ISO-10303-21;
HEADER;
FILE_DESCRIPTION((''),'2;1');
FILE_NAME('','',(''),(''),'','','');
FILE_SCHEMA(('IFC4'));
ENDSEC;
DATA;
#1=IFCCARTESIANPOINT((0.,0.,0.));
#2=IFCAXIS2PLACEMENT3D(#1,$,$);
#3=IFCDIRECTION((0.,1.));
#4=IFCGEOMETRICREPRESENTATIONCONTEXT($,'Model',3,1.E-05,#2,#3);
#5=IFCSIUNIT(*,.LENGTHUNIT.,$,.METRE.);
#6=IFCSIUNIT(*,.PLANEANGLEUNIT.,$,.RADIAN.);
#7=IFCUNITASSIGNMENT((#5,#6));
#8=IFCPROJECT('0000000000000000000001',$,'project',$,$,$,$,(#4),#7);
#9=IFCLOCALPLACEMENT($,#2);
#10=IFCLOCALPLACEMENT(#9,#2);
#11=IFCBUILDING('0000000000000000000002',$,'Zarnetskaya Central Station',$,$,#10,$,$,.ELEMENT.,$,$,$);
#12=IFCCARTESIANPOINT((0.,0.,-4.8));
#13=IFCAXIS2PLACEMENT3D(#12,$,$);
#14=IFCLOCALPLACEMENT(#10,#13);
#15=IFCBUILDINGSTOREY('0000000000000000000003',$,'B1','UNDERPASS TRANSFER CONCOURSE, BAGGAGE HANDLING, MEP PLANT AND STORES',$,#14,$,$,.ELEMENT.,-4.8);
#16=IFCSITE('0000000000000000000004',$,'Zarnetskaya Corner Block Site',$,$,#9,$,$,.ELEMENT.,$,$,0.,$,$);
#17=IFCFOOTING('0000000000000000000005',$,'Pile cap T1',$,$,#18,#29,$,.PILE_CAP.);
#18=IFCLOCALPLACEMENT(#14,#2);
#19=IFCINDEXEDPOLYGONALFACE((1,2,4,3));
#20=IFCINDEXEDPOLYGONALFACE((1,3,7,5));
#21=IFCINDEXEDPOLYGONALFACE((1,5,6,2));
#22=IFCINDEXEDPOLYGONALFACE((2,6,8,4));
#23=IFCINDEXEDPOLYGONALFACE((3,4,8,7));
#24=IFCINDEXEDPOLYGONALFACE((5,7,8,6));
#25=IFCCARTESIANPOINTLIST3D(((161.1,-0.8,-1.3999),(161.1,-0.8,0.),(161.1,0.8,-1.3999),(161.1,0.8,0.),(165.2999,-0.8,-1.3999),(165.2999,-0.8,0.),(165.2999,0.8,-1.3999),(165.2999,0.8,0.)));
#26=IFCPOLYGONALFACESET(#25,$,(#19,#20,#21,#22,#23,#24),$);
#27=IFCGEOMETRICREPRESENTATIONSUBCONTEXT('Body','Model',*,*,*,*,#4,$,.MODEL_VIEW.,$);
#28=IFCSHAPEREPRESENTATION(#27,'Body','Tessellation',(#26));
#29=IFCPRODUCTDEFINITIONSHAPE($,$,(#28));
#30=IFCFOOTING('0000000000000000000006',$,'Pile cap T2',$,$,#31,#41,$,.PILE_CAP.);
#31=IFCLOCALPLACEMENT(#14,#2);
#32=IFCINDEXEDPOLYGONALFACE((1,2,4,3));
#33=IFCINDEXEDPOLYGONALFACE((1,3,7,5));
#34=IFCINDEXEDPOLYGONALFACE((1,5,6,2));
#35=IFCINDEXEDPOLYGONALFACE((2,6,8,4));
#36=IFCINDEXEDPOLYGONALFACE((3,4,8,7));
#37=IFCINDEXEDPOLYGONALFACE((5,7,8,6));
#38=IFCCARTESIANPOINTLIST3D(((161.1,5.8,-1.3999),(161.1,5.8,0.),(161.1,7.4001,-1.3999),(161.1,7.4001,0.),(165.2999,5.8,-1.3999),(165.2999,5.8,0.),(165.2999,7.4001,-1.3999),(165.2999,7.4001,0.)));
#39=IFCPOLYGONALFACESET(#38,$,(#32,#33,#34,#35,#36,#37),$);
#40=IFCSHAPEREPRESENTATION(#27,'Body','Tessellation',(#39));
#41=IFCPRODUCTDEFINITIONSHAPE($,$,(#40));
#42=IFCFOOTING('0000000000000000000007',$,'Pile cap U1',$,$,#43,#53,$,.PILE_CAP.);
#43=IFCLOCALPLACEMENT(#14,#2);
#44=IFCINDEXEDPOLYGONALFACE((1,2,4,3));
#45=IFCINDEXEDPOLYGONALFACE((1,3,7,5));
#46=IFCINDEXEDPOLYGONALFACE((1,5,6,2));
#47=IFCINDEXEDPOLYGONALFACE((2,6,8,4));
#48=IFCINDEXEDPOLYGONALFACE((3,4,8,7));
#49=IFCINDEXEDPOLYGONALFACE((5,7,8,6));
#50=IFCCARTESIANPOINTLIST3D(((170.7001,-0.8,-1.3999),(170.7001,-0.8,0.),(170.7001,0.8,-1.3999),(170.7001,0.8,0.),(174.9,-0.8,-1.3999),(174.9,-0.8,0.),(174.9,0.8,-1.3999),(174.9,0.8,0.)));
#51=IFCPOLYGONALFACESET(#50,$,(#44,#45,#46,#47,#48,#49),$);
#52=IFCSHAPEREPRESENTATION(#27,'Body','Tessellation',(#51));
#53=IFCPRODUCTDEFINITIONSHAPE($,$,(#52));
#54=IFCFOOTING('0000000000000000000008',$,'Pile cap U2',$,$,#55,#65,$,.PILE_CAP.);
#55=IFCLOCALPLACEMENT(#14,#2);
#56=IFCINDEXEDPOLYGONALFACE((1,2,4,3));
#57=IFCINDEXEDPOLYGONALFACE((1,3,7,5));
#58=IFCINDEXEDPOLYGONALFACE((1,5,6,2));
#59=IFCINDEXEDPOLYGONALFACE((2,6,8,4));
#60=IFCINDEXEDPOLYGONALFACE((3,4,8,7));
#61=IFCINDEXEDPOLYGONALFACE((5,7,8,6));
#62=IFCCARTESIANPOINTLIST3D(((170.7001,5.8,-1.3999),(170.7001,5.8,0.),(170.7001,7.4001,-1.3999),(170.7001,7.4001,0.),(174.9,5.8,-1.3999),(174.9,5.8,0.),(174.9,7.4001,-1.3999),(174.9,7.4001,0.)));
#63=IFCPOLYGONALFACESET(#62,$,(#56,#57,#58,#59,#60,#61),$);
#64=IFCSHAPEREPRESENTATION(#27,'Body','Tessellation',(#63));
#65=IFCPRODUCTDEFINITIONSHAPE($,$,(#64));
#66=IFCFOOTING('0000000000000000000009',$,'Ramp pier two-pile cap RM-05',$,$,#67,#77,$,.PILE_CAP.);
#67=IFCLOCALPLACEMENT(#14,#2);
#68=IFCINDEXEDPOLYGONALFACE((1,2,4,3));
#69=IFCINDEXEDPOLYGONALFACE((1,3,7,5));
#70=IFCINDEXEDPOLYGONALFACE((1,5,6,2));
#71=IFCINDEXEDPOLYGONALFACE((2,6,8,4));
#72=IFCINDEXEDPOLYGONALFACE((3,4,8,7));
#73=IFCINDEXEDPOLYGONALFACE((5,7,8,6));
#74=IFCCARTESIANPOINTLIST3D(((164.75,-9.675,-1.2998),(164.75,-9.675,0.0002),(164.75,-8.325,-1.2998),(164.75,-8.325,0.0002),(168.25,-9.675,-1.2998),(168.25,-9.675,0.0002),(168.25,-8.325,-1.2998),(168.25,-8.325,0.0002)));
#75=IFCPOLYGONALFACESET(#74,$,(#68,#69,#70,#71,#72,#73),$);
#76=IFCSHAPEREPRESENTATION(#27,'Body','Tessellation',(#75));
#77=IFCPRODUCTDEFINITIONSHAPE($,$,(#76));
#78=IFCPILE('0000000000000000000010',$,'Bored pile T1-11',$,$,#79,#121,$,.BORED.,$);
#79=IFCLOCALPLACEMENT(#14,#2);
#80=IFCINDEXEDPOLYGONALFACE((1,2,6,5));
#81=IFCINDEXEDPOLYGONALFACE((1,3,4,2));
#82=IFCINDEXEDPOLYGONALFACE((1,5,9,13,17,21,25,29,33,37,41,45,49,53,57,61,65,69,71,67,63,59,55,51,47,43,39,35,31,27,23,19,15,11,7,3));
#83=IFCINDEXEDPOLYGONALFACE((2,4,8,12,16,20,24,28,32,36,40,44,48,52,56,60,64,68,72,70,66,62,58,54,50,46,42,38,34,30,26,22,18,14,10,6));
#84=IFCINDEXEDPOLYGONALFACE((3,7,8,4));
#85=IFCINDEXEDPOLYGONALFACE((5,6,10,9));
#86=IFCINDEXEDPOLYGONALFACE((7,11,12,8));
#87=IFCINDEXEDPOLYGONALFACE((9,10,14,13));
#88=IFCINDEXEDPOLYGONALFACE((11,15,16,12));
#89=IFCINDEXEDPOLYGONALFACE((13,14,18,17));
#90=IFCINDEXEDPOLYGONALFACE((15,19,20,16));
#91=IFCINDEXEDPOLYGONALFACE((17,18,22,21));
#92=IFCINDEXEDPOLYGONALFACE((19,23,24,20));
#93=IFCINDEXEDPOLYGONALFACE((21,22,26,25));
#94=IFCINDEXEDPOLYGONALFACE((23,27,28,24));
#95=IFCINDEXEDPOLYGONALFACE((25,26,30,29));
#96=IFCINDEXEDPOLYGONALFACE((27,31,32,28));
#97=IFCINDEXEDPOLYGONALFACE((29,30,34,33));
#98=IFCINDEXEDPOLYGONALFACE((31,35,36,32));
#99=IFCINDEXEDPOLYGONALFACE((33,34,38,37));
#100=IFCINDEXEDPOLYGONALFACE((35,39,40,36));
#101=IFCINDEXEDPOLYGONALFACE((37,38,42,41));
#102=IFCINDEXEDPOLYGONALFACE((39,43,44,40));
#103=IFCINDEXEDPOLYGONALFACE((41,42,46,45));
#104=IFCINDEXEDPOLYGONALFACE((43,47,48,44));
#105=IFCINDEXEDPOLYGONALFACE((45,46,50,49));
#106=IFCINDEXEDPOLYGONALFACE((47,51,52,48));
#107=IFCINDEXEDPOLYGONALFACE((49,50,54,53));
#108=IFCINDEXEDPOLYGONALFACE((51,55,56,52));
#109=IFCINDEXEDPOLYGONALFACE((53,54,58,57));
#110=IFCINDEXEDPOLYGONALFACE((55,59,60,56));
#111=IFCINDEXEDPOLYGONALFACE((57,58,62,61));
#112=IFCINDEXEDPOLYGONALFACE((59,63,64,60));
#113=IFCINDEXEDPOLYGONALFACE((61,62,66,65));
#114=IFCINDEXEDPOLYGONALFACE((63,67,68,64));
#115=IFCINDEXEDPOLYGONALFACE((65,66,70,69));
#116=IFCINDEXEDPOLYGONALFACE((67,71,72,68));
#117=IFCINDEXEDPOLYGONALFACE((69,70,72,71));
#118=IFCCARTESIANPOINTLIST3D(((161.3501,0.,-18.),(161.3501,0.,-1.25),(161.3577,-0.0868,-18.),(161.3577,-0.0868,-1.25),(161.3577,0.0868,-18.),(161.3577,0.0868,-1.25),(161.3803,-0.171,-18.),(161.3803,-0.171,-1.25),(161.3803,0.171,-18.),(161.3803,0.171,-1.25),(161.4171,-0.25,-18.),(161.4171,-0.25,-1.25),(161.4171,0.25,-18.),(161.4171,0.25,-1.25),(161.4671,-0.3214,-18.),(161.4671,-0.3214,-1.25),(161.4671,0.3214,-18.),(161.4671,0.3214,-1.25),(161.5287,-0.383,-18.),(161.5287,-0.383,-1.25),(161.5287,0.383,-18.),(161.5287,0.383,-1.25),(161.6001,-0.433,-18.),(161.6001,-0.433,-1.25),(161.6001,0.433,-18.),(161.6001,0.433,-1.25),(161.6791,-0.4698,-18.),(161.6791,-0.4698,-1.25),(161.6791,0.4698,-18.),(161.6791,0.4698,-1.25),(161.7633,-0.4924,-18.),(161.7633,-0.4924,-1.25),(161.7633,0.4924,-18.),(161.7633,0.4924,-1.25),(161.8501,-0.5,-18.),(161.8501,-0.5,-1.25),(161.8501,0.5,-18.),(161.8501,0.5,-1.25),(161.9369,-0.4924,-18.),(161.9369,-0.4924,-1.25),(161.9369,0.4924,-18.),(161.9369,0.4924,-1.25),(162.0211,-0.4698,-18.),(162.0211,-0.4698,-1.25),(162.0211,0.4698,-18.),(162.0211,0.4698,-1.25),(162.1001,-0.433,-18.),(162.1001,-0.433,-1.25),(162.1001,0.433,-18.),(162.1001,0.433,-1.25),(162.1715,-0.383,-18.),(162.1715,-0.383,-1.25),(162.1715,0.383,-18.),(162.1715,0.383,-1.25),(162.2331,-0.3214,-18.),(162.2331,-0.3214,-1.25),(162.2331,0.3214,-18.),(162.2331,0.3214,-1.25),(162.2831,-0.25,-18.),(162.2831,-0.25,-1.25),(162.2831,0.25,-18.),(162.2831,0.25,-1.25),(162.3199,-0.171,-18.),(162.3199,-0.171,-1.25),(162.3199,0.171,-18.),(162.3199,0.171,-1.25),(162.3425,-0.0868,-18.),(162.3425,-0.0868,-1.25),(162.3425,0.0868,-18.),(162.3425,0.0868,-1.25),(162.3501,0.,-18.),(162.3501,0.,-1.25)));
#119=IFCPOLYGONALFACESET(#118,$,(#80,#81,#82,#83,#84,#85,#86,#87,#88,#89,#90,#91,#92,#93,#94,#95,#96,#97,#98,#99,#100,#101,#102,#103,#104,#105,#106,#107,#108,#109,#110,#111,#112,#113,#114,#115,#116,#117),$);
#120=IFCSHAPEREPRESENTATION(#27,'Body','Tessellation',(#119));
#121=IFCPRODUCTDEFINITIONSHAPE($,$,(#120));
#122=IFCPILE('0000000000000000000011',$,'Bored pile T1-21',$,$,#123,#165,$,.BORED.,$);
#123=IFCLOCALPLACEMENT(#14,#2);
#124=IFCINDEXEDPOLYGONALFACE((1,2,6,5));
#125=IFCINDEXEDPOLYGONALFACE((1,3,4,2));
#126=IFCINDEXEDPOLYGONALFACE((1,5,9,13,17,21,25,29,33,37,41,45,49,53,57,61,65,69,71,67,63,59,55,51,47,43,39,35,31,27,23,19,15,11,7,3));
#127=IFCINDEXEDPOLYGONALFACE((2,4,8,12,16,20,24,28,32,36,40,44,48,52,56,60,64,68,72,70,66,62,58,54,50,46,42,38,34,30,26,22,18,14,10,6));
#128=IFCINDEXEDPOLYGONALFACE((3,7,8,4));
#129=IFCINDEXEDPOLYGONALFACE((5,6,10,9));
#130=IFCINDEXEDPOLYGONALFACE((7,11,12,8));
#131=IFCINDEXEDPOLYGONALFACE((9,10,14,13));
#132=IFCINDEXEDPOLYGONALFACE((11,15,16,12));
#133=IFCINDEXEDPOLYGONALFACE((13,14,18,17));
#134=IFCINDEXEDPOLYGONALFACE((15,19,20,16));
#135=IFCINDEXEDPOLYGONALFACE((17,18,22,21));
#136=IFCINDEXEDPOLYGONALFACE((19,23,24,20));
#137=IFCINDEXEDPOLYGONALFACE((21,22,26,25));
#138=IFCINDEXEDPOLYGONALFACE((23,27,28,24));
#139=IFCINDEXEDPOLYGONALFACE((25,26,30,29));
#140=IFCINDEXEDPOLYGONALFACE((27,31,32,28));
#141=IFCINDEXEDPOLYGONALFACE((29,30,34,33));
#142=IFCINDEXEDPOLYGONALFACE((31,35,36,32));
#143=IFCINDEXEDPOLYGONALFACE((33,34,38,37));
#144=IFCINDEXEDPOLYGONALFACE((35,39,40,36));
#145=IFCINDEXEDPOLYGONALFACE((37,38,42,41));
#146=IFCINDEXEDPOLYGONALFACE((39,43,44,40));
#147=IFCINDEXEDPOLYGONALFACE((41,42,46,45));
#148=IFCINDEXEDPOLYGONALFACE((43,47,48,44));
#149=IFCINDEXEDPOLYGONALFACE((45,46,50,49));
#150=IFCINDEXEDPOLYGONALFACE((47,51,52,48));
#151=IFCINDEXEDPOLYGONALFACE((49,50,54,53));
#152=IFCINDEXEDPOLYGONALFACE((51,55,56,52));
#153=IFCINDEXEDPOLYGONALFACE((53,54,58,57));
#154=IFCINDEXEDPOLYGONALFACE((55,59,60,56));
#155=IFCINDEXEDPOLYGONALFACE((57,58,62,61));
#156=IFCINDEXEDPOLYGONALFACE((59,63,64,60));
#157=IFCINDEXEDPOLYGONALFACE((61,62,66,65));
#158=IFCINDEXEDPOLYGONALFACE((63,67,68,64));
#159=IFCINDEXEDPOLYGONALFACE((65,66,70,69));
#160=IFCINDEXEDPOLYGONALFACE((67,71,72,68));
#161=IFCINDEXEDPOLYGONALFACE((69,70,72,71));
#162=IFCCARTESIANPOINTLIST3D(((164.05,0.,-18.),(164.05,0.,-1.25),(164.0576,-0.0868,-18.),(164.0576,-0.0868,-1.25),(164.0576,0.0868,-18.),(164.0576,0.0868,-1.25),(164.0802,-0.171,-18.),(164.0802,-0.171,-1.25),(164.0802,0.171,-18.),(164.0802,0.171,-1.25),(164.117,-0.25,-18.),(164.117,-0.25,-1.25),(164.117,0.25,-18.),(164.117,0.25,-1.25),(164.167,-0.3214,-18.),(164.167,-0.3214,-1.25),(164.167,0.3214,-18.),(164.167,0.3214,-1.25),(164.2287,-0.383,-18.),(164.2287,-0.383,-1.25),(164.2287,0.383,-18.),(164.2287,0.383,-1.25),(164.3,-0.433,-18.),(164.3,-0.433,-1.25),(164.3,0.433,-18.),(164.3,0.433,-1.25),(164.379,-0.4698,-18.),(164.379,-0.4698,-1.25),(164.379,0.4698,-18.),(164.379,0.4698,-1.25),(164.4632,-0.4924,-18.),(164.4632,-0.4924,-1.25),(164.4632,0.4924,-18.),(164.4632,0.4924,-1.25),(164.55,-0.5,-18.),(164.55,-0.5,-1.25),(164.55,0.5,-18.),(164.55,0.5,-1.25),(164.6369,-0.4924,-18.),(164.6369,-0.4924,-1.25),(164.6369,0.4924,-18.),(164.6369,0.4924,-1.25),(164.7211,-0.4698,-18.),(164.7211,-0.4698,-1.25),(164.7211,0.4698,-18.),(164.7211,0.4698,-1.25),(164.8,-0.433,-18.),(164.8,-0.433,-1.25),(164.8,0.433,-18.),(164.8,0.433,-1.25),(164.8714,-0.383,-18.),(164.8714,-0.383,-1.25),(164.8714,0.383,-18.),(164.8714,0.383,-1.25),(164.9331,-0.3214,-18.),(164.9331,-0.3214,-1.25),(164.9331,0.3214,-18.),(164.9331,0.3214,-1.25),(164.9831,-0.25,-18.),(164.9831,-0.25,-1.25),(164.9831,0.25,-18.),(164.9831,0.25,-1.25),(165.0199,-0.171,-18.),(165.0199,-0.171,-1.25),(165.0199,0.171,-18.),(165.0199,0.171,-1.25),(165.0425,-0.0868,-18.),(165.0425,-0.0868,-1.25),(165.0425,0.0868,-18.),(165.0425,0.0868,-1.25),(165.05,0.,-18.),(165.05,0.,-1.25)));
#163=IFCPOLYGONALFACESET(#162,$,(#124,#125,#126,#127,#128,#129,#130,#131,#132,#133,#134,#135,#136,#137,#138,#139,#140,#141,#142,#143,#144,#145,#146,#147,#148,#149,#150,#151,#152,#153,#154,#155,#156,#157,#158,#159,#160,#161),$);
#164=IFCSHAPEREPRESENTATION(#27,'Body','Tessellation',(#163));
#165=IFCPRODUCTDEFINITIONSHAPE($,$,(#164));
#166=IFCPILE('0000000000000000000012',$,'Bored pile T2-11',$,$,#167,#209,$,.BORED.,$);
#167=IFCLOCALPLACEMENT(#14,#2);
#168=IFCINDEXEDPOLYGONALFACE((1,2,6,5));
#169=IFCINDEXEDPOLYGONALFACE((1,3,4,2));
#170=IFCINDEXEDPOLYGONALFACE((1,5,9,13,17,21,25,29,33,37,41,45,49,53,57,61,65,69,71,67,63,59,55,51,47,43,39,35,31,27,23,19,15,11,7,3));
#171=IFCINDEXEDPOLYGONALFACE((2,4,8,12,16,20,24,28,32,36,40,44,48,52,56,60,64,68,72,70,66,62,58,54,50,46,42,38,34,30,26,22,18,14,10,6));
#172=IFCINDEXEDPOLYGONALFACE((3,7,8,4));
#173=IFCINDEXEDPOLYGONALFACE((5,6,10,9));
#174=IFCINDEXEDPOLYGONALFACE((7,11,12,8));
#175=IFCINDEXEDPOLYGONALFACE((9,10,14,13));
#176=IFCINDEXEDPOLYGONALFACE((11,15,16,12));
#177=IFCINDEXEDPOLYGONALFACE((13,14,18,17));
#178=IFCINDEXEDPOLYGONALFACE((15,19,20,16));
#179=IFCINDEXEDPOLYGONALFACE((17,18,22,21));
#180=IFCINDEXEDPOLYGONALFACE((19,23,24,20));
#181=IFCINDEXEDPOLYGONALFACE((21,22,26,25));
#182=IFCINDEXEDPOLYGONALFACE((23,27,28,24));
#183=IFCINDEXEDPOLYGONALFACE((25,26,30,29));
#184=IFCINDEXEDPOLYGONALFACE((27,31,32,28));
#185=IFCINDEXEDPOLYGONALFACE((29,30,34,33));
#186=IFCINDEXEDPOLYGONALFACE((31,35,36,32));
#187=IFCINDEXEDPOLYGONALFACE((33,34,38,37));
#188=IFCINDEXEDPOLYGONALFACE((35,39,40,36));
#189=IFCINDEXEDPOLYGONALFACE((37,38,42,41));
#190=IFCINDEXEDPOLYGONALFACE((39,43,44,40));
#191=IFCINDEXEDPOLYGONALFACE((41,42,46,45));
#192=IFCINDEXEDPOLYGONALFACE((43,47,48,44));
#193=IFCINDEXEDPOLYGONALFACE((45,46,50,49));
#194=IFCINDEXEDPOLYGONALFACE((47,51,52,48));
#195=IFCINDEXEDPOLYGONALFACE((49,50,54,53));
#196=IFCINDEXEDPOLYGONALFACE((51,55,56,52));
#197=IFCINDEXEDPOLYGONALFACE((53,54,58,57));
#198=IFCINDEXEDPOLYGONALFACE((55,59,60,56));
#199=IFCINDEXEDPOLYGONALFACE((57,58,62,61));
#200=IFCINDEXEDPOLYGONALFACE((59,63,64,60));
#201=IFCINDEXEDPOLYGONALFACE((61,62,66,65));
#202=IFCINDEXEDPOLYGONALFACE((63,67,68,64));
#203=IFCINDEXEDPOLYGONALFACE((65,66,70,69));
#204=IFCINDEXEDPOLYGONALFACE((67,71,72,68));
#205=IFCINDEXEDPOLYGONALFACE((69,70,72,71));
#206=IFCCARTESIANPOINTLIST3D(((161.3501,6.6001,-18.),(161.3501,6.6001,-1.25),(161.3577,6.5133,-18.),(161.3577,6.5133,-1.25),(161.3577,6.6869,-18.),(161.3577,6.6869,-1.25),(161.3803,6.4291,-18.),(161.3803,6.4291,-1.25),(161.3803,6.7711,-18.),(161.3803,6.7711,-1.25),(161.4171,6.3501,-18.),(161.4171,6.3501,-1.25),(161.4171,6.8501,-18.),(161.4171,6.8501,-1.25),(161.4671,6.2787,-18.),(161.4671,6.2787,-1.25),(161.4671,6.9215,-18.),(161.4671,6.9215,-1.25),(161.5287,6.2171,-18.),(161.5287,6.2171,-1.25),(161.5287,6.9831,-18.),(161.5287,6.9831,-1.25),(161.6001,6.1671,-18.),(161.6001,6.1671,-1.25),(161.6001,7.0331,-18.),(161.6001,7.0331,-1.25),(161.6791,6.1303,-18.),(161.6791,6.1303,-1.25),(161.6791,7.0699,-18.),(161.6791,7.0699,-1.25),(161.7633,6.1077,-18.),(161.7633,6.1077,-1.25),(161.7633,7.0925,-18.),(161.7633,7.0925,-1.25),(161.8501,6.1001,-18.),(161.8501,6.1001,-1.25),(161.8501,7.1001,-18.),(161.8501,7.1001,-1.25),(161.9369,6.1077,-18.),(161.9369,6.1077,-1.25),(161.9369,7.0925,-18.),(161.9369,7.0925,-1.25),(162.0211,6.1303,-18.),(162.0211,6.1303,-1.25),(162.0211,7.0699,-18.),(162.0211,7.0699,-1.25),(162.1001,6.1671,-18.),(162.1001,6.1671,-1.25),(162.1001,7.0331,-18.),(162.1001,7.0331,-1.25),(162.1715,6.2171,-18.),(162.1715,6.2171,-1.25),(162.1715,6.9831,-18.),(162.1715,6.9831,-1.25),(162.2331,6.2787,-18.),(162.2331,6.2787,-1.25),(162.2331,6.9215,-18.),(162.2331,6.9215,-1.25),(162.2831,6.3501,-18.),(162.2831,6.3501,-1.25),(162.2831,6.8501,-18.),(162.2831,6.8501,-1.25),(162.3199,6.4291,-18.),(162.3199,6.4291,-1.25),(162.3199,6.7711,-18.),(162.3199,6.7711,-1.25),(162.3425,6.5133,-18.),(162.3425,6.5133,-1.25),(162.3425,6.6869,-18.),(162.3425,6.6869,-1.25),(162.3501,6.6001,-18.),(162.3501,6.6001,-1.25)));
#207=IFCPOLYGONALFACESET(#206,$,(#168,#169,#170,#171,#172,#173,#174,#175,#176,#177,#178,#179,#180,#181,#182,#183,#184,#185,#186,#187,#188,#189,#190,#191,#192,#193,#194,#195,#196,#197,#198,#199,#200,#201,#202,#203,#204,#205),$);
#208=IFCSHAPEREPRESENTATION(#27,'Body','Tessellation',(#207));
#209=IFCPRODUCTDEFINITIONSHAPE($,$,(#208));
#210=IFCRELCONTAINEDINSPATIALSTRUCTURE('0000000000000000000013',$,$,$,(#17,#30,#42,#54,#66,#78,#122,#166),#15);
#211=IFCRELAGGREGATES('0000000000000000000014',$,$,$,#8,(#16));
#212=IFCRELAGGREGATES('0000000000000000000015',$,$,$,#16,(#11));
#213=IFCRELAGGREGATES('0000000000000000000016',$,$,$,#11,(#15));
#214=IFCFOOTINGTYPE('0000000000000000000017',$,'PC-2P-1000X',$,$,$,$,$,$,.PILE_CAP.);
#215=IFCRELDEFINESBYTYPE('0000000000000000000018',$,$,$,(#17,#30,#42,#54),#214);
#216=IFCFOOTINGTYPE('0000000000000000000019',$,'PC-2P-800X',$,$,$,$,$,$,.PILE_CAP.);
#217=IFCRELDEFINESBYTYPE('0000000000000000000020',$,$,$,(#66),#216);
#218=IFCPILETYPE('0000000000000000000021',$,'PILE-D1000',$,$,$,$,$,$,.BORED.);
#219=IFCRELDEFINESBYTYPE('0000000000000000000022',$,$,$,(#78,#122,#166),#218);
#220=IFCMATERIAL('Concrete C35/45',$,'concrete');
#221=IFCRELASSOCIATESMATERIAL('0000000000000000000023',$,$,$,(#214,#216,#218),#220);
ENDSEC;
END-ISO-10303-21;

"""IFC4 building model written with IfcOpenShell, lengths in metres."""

from ifc_helpers import new_model, si_unit, direction, frame, origin, origin_2d, place, context, subcontext, project, spatial, rectangle, circle, extrude, material, material_profile, profile_set, type_object, element, save


model = new_model("IFC4")

# Units and contexts
model_context = context("Model", 3, precision=1e-05, world=origin(), true_north=direction((0.0, 1.0)))
body_context = subcontext(model_context, "Body", "Model", "MODEL_VIEW")
ifc_project = project(units=[si_unit("LENGTHUNIT", "METRE"), si_unit("PLANEANGLEUNIT", "RADIAN")], contexts=[model_context])

# Site, building, storey
site_placement = place(None, origin())
site = spatial("IfcSite", under=ifc_project, at=site_placement, Name="Zarnetskaya Corner Block Site", CompositionType="ELEMENT", RefElevation=0.0)
building_placement = place(site_placement, origin())
building = spatial("IfcBuilding", under=site, at=building_placement, Name="Zarnetskaya Central Station", CompositionType="ELEMENT")
storey_placement = place(building_placement, frame((0.0, 0.0, -4.8)))
storey = spatial("IfcBuildingStorey", under=building, at=storey_placement, Name="B1", Description="UNDERPASS TRANSFER CONCOURSE, BAGGAGE HANDLING, MEP PLANT AND STORES", CompositionType="ELEMENT", Elevation=-4.8)

# Footings
ifc_material = material(Name="Concrete C35/45", Category="concrete")
footing_type_1 = type_object("IfcFootingType", Name="PC-2P-1000X", PredefinedType="PILE_CAP", material=ifc_material)
for number, where, z_axis, x_axis, name in (
    (1, (163.2, 0.0, -1.3999), (0.0, 0.0, 1.0), (1.0, 0.0, 0.0), "Pile cap T1"),
    (2, (163.2, 6.6001, -1.3999), (0.0, 0.0, 1.0), (1.0, 0.0, 0.0), "Pile cap T2"),
    (3, (172.8, 0.0, -1.3999), (0.0, 0.0, 1.0), (1.0, 0.0, 0.0), "Pile cap U1"),
    (4, (172.8, 6.6001, -1.3999), (0.0, 0.0, 1.0), (1.0, 0.0, 0.0), "Pile cap U2"),
):
    element("IfcFooting", number, at=place(storey_placement, frame(where, z_axis=z_axis, x_axis=x_axis)), inside=storey, type_object=footing_type_1, Name=name, PredefinedType="PILE_CAP", context=body_context, shape_type="SweptSolid", body=[
        extrude(rectangle(XDim=4.2, YDim=1.6001, at=origin_2d()), origin(), (0.0, 0.0, 1.0), 1.3999),
    ])
footing_type_2 = type_object("IfcFootingType", Name="PC-2P-800X", PredefinedType="PILE_CAP", material=ifc_material)
footing_placement = place(storey_placement, frame((166.5, -9.0, -1.2998), z_axis=(0.0, 0.0, 1.0), x_axis=(1.0, 0.0, 0.0)))
element("IfcFooting", 5, at=footing_placement, inside=storey, type_object=footing_type_2, Name="Ramp pier two-pile cap RM-05", PredefinedType="PILE_CAP", context=body_context, shape_type="SweptSolid", body=[
    extrude(rectangle(XDim=3.5, YDim=1.3501, at=origin_2d()), origin(), (0.0, 0.0, 1.0), 1.3),
])

# Piles
ifc_material_profile_1 = material_profile(ifc_material, circle(Radius=0.5, at=origin_2d()), Name="BORED PILE D1000")
ifc_profile_set_1 = profile_set([ifc_material_profile_1], Name="Concrete C35/45")
pile_type_1 = type_object("IfcPileType", Name="PILE-D1000", PredefinedType="BORED", material=ifc_profile_set_1)
for number, where, z_axis, x_axis, name in (
    (6, (161.8501, 0.0, -1.25), (0.0, 0.0, -1.0), (1.0, 0.0, 0.0), "Bored pile T1-11"),
    (7, (164.55, 0.0, -1.25), (0.0, 0.0, -1.0), (1.0, 0.0, 0.0), "Bored pile T1-21"),
    (8, (161.8501, 6.6001, -1.25), (0.0, 0.0, -1.0), (1.0, 0.0, 0.0), "Bored pile T2-11"),
):
    element("IfcPile", number, at=place(storey_placement, frame(where, z_axis=z_axis, x_axis=x_axis)), inside=storey, type_object=pile_type_1, Name=name, PredefinedType="BORED", context=body_context, shape_type="SweptSolid", body=[
        extrude(circle(Radius=0.5, at=origin_2d()), origin(), (0.0, 0.0, 1.0), 16.75),
    ])

save(model, "model.ifc")
